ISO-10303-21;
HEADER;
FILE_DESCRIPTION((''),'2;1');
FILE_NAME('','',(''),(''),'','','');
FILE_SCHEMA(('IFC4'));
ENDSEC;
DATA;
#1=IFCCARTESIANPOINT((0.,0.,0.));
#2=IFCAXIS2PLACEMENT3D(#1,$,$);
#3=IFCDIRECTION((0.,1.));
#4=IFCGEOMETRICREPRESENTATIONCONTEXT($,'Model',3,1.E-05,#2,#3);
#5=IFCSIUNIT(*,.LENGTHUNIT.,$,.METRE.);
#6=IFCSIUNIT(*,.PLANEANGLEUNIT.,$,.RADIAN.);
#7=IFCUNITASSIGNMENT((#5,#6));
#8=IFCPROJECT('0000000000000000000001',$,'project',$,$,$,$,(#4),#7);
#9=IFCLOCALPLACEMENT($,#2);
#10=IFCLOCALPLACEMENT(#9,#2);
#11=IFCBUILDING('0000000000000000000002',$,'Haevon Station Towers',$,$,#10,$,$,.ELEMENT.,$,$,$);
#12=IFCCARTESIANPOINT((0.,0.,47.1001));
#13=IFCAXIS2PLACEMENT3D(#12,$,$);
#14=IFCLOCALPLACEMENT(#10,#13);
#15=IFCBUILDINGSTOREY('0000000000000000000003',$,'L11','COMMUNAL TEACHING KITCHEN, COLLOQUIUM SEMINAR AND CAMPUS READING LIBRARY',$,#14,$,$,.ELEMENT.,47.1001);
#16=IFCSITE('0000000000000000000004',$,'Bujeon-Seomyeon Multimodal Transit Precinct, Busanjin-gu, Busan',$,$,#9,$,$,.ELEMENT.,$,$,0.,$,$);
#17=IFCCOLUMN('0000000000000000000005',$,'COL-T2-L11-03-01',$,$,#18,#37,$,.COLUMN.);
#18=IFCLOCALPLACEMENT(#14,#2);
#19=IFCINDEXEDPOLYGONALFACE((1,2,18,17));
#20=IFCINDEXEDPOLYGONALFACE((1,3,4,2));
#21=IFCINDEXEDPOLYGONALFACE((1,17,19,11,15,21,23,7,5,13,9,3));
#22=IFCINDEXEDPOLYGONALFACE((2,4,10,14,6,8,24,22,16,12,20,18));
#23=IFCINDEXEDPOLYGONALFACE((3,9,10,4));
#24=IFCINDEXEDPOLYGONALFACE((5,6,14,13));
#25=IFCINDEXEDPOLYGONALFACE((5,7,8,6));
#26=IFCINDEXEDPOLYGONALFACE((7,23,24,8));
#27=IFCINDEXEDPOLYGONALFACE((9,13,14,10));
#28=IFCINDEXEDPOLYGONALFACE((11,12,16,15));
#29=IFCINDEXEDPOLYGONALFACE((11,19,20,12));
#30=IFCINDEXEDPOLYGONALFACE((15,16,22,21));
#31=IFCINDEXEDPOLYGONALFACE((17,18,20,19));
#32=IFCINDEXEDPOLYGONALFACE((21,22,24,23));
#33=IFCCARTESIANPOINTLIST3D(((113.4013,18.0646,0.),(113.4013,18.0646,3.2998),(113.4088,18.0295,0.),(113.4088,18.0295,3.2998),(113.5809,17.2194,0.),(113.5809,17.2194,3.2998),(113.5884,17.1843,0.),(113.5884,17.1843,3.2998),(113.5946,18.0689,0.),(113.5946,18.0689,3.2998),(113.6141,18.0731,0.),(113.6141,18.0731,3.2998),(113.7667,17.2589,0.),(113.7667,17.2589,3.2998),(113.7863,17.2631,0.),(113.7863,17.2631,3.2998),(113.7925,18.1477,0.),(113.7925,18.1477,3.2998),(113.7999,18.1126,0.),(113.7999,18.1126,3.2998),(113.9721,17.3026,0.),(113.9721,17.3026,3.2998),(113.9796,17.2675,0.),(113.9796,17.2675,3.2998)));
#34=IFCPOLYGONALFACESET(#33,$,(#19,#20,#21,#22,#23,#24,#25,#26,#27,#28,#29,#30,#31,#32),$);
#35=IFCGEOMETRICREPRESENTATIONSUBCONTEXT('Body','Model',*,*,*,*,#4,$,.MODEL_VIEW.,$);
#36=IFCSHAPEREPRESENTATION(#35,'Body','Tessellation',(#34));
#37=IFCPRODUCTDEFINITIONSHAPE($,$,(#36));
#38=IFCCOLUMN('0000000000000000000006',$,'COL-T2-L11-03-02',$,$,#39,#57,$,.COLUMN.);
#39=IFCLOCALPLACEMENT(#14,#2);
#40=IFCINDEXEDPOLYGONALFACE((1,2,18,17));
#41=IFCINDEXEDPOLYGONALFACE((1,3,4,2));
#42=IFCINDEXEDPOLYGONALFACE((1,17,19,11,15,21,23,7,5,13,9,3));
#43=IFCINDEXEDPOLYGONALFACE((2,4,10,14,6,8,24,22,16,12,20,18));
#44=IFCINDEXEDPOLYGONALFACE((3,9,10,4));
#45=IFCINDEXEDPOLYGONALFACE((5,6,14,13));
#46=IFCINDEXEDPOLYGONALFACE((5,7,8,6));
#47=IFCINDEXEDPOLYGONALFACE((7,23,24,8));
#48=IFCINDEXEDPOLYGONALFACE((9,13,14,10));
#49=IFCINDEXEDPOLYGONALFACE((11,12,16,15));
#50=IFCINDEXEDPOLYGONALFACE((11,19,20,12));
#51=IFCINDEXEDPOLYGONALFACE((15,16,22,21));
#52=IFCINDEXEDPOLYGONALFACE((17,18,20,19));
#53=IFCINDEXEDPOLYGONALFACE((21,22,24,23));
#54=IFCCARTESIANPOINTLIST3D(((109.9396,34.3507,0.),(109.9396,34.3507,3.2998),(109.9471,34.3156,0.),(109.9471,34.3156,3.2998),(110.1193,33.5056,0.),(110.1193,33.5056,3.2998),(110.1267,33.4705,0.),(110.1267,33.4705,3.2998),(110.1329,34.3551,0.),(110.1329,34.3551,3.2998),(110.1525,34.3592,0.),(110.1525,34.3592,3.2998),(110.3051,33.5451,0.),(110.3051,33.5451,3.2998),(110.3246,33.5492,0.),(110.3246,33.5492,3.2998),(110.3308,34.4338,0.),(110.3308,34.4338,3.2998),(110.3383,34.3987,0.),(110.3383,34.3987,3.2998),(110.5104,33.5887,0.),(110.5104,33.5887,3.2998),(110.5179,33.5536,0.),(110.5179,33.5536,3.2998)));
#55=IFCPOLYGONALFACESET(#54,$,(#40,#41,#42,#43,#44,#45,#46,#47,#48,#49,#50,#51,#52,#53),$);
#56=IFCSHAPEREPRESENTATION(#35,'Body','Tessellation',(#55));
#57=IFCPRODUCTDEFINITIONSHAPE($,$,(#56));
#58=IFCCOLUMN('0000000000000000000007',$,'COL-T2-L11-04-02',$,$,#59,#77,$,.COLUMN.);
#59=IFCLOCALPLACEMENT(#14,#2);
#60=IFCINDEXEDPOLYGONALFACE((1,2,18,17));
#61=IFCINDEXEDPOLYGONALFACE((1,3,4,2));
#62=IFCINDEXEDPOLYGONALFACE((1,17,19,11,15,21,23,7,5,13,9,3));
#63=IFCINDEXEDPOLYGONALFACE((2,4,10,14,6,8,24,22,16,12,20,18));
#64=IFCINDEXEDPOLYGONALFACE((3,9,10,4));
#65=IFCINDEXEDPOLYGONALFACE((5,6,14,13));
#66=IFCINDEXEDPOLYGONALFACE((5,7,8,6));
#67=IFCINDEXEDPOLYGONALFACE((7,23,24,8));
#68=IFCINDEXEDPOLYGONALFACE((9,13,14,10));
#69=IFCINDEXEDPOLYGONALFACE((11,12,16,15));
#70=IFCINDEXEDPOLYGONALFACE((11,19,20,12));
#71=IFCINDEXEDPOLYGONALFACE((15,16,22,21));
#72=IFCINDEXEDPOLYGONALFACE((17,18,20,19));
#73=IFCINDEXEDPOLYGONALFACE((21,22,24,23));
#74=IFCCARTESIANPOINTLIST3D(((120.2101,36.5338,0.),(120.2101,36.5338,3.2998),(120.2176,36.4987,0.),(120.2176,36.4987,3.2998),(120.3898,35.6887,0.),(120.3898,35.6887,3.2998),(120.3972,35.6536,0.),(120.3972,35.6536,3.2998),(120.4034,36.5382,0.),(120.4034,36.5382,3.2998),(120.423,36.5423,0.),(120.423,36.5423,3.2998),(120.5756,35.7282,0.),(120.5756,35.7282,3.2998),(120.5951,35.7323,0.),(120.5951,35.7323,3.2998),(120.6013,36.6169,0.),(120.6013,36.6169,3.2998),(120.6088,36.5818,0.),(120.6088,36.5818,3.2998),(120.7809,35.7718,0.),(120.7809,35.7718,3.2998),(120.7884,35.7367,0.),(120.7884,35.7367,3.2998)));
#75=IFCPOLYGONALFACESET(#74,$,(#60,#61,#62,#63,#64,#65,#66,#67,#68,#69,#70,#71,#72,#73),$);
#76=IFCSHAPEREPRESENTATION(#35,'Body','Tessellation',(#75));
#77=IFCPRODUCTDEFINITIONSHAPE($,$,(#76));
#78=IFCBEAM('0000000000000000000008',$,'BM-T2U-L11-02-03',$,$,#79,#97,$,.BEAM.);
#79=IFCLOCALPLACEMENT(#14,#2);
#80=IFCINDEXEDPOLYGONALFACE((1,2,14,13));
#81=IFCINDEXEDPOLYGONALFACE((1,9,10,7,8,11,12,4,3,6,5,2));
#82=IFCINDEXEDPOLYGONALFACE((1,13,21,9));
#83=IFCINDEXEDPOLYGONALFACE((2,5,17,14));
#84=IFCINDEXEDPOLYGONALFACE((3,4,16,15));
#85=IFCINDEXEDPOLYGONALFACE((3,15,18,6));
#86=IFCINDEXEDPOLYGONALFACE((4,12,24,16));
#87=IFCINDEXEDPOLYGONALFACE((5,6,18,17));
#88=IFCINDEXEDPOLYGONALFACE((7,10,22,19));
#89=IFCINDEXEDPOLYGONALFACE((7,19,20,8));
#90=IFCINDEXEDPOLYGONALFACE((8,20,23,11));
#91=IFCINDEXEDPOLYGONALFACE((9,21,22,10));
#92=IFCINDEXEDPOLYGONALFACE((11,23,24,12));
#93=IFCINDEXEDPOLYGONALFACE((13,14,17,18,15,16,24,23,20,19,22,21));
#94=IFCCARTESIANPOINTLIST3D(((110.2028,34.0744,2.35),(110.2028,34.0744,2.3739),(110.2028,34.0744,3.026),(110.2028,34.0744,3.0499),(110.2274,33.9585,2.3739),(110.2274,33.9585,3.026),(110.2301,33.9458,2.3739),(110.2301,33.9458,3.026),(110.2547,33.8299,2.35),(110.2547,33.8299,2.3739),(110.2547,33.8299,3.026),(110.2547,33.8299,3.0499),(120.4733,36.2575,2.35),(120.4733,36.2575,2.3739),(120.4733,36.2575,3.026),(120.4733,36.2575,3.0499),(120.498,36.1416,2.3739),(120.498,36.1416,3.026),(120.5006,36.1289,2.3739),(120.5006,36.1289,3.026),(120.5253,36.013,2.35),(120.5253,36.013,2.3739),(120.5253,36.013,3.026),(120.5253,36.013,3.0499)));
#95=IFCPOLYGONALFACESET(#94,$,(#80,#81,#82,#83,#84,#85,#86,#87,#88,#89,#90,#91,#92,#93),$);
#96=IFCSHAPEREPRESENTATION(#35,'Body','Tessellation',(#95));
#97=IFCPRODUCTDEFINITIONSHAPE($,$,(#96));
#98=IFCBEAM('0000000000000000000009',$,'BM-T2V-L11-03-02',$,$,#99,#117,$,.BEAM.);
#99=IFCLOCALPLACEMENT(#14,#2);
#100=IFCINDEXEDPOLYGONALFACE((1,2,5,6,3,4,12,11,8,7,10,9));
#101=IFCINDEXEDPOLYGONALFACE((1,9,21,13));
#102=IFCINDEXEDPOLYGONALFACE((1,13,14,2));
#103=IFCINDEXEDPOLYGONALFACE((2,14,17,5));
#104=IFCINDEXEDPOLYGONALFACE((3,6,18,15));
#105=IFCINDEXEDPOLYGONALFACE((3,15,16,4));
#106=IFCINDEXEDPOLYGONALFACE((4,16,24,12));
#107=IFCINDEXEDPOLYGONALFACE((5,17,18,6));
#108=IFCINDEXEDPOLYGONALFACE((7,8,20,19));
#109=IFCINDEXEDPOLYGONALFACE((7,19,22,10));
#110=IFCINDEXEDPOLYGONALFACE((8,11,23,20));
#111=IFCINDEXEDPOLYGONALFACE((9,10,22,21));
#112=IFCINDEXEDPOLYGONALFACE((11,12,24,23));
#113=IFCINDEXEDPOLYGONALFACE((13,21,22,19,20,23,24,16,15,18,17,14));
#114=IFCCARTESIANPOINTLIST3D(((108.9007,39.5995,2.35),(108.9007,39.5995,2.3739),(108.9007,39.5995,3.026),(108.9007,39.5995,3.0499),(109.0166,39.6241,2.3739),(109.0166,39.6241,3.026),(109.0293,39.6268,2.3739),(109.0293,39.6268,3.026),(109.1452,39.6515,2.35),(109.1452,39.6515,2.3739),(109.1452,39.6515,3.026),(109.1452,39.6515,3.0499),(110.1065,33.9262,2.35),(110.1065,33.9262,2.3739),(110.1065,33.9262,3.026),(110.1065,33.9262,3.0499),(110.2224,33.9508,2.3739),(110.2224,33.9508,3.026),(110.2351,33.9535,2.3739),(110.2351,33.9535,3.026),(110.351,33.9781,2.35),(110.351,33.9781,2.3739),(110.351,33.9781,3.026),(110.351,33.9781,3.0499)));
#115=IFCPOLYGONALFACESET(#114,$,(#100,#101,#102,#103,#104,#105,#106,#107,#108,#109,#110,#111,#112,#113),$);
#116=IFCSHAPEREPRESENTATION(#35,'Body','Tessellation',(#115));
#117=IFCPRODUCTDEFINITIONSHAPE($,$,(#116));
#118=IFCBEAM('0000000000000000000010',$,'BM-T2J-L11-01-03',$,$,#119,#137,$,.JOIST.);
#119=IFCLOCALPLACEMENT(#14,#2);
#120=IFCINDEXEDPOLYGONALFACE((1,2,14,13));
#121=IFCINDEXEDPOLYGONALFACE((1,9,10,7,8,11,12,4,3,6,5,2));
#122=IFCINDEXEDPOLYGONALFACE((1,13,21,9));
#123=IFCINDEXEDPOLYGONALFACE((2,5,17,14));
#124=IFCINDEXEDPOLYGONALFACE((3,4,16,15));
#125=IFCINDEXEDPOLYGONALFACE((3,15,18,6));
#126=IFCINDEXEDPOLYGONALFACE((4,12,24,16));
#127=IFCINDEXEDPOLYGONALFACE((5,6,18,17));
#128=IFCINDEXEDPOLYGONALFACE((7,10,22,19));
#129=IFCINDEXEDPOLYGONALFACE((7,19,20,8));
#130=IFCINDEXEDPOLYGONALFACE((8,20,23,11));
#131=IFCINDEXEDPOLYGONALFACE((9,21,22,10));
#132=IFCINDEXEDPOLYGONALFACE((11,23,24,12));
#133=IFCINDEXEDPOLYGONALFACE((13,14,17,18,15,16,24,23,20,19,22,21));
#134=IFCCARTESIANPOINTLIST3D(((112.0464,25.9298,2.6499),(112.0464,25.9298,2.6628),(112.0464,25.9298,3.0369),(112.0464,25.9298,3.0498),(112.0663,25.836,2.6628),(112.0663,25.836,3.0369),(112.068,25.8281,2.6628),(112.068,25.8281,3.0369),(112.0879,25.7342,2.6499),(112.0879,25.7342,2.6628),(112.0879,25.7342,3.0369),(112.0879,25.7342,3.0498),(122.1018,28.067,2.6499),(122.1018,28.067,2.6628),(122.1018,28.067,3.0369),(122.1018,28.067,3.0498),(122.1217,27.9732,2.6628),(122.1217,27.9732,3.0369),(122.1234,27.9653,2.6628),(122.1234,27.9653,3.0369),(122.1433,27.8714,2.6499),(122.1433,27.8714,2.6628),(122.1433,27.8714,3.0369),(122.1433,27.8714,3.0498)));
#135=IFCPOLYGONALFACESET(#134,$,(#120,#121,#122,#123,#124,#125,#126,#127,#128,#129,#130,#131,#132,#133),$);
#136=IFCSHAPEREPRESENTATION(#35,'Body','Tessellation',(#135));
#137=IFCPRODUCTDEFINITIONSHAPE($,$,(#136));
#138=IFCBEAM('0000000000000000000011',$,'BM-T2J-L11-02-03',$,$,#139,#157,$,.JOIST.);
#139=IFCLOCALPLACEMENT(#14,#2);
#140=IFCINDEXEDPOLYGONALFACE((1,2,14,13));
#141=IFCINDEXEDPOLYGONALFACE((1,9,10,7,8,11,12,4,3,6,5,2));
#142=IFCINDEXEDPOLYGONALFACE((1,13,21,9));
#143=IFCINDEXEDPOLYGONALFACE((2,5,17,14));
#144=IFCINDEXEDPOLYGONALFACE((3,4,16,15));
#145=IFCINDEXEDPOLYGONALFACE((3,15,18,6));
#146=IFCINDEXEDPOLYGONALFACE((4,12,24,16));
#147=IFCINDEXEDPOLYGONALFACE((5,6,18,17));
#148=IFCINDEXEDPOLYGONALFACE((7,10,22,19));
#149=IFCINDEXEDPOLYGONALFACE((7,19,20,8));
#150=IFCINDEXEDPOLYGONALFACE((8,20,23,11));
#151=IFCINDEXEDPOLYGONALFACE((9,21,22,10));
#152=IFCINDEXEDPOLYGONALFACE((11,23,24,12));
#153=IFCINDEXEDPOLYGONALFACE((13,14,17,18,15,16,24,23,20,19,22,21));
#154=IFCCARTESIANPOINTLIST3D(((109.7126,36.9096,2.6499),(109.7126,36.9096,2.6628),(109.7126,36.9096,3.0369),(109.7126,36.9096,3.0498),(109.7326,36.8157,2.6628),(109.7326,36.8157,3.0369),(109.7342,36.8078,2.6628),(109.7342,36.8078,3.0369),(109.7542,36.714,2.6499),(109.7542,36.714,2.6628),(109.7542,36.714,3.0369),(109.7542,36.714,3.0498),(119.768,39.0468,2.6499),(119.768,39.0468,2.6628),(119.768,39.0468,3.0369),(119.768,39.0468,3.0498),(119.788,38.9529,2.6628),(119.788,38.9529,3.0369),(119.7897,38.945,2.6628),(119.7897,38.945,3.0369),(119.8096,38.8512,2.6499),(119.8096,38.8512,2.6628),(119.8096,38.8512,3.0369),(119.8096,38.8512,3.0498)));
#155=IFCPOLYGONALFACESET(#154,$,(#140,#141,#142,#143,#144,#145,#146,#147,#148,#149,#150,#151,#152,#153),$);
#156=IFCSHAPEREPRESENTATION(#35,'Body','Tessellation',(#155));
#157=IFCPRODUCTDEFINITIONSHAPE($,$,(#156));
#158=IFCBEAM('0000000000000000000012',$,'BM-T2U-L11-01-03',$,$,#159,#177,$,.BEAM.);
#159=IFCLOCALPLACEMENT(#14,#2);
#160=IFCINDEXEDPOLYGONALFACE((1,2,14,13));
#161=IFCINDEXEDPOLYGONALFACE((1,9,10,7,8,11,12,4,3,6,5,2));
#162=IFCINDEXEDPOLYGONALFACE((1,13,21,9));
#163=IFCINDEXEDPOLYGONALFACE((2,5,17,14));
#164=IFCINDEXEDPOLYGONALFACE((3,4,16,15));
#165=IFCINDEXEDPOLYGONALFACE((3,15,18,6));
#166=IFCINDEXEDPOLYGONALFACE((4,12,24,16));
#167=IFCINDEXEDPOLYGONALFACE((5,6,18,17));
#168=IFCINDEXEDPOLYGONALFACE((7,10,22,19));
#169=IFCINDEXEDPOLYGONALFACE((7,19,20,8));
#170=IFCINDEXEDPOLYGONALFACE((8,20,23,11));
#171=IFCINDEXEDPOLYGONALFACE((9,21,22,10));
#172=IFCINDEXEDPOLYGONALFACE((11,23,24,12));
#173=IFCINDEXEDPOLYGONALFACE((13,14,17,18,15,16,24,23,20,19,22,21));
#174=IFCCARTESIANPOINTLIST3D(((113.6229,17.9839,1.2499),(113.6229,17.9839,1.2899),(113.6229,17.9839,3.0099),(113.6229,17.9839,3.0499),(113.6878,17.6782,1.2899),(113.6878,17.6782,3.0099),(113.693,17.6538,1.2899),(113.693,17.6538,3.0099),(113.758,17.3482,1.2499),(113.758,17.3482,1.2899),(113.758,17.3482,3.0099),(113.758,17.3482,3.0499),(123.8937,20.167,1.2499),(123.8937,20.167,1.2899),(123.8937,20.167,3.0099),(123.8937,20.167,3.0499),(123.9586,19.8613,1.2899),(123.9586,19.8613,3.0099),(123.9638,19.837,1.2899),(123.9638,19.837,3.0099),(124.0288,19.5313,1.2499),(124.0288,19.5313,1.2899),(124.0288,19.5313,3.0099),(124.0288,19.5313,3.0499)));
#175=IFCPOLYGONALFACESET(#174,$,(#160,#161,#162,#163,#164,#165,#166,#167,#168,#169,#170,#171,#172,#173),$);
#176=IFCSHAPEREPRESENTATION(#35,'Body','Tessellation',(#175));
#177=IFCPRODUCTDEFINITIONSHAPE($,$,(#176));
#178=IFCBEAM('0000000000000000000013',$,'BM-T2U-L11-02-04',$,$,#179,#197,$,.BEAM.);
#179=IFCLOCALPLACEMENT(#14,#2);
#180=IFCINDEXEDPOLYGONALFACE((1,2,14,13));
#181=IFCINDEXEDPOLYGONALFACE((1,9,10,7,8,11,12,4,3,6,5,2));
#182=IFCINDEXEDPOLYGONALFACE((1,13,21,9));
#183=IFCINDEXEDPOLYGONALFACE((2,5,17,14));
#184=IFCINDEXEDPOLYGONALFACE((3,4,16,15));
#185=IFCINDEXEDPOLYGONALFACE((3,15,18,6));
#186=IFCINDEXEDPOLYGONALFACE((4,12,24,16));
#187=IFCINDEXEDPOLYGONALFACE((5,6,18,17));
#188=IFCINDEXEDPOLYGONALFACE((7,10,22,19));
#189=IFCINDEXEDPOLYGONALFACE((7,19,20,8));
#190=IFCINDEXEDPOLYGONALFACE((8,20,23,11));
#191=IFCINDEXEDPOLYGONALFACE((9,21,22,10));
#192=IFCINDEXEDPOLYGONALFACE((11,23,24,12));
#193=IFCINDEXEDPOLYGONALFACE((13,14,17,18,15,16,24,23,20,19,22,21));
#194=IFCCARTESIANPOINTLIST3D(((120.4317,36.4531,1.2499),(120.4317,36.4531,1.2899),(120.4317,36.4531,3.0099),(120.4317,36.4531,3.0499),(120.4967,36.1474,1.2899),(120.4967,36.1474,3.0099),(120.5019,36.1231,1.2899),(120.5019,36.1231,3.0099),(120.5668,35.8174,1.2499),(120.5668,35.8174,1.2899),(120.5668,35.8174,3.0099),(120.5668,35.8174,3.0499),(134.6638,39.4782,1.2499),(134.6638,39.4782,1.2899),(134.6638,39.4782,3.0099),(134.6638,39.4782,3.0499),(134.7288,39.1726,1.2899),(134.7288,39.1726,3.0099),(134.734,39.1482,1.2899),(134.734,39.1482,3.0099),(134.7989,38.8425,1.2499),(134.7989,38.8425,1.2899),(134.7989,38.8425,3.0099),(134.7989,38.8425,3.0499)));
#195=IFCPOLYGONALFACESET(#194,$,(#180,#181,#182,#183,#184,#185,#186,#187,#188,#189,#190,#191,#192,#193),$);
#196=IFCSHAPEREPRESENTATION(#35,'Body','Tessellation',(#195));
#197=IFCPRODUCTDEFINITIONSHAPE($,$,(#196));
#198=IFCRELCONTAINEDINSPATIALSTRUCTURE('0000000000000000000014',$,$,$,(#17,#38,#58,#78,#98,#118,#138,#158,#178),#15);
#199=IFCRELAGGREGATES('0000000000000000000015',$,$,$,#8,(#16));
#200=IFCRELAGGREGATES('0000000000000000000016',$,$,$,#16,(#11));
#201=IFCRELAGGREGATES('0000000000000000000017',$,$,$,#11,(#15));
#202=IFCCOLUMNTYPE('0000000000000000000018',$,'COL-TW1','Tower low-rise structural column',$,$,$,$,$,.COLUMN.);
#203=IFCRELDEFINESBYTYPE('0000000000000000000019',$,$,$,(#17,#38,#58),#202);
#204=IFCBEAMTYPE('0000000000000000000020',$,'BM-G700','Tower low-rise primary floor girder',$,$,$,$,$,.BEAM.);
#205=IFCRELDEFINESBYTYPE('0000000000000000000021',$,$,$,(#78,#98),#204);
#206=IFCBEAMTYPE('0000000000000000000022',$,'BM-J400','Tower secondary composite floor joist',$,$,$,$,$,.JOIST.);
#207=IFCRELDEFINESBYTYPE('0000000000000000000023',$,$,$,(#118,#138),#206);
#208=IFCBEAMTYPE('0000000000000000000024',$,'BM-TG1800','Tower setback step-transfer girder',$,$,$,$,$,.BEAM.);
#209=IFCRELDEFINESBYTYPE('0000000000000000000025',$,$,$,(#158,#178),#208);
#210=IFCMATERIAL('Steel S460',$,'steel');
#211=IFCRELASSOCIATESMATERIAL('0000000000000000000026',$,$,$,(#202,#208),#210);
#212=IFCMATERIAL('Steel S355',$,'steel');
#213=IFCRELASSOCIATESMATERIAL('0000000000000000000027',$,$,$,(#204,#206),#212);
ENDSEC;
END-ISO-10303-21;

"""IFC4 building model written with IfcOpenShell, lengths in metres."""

from ifc_helpers import new_model, si_unit, direction, frame, origin, origin_2d, place, context, subcontext, project, spatial, i_section, extrude, material, material_profile, profile_set, type_object, element, save


model = new_model("IFC4")

# Units and contexts
model_context = context("Model", 3, precision=1e-05, world=origin(), true_north=direction((0.0, 1.0)))
body_context = subcontext(model_context, "Body", "Model", "MODEL_VIEW")
ifc_project = project(units=[si_unit("LENGTHUNIT", "METRE"), si_unit("PLANEANGLEUNIT", "RADIAN")], contexts=[model_context])

# Site, building, storey
site_placement = place(None, origin())
site = spatial("IfcSite", under=ifc_project, at=site_placement, Name="Bujeon-Seomyeon Multimodal Transit Precinct, Busanjin-gu, Busan", CompositionType="ELEMENT", RefElevation=0.0)
building_placement = place(site_placement, origin())
building = spatial("IfcBuilding", under=site, at=building_placement, Name="Haevon Station Towers", CompositionType="ELEMENT")
storey_placement = place(building_placement, frame((0.0, 0.0, 47.1001)))
storey = spatial("IfcBuildingStorey", under=building, at=storey_placement, Name="L11", Description="COMMUNAL TEACHING KITCHEN, COLLOQUIUM SEMINAR AND CAMPUS READING LIBRARY", CompositionType="ELEMENT", Elevation=47.1001)

# Columns
ifc_material_1 = material(Name="Steel S460", Category="steel")
ifc_material_profile_1 = material_profile(ifc_material_1, i_section(OverallWidth=0.3999, OverallDepth=0.8999, WebThickness=0.02, FlangeThickness=0.0359, at=origin_2d()), Name="H-900x400x20x36")
ifc_profile_set_1 = profile_set([ifc_material_profile_1], Name="Steel S460")
column_type = type_object("IfcColumnType", Name="COL-TW1", Description="Tower low-rise structural column", PredefinedType="COLUMN", material=ifc_profile_set_1)
for number, where, z_axis, x_axis, name in (
    (1, (113.6904, 17.666, 0.0), (0.0, 0.0, 1.0), (0.978148, 0.207912, 0.0), "COL-T2-L11-03-01"),
    (2, (110.2288, 33.9521, 0.0), (0.0, 0.0, 1.0), (0.978148, 0.207912, 0.0), "COL-T2-L11-03-02"),
    (3, (120.4993, 36.1353, 0.0), (0.0, 0.0, 1.0), (0.978148, 0.207912, 0.0), "COL-T2-L11-04-02"),
):
    element("IfcColumn", number, at=place(storey_placement, frame(where, z_axis=z_axis, x_axis=x_axis)), inside=storey, type_object=column_type, Name=name, PredefinedType="COLUMN", context=body_context, shape_type="SweptSolid", body=[
        extrude(i_section(OverallWidth=0.3999, OverallDepth=0.8999, WebThickness=0.02, FlangeThickness=0.0359, at=origin_2d()), origin(), (0.0, 0.0, 1.0), 3.2998),
    ])

# Beams
ifc_material_2 = material(Name="Steel S355", Category="steel")
ifc_material_profile_2 = material_profile(ifc_material_2, i_section(OverallWidth=0.25, OverallDepth=0.7, WebThickness=0.0129, FlangeThickness=0.0239, at=origin_2d()), Name="H-700x250x13x24")
ifc_profile_set_2 = profile_set([ifc_material_profile_2], Name="Steel S355")
beam_type_1 = type_object("IfcBeamType", Name="BM-G700", Description="Tower low-rise primary floor girder", PredefinedType="BEAM", material=ifc_profile_set_2)
beam_1_placement = place(storey_placement, frame((110.2288, 33.9521, 2.7), z_axis=(0.978147, 0.207915, 0.0), x_axis=(-0.207915, 0.978147, 0.0)))
element("IfcBeam", 4, at=beam_1_placement, inside=storey, type_object=beam_type_1, Name="BM-T2U-L11-02-03", PredefinedType="BEAM", context=body_context, shape_type="SweptSolid", body=[
    extrude(i_section(OverallWidth=0.25, OverallDepth=0.7, WebThickness=0.0129, FlangeThickness=0.0239, at=origin_2d()), origin(), (0.0, 0.0, 1.0), 10.5),
])
beam_2_placement = place(storey_placement, frame((110.2288, 33.9521, 2.7), z_axis=(-0.207896, 0.978151, 0.0), x_axis=(-0.978151, -0.207896, 0.0)))
element("IfcBeam", 5, at=beam_2_placement, inside=storey, type_object=beam_type_1, Name="BM-T2V-L11-03-02", PredefinedType="BEAM", context=body_context, shape_type="SweptSolid", body=[
    extrude(i_section(OverallWidth=0.25, OverallDepth=0.7, WebThickness=0.0129, FlangeThickness=0.0239, at=origin_2d()), origin(), (0.0, 0.0, 1.0), 5.8),
])
ifc_material_profile_3 = material_profile(ifc_material_2, i_section(OverallWidth=0.2, OverallDepth=0.3999, WebThickness=0.0081, FlangeThickness=0.0129, at=origin_2d()), Name="H-400x200x8x13")
ifc_profile_set_3 = profile_set([ifc_material_profile_3], Name="Steel S355")
beam_type_2 = type_object("IfcBeamType", Name="BM-J400", Description="Tower secondary composite floor joist", PredefinedType="JOIST", material=ifc_profile_set_3)
for number, where, z_axis, x_axis, name in (
    (6, (112.0671, 25.832, 2.8499), (0.97815, 0.207899, 0.0), (-0.207899, 0.97815, 0.0), "BM-T2J-L11-01-03"),
    (7, (109.7334, 36.8118, 2.8499), (0.97815, 0.207899, 0.0), (-0.207899, 0.97815, 0.0), "BM-T2J-L11-02-03"),
):
    element("IfcBeam", number, at=place(storey_placement, frame(where, z_axis=z_axis, x_axis=x_axis)), inside=storey, type_object=beam_type_2, Name=name, PredefinedType="JOIST", context=body_context, shape_type="SweptSolid", body=[
        extrude(i_section(OverallWidth=0.2, OverallDepth=0.3999, WebThickness=0.0081, FlangeThickness=0.0129, at=origin_2d()), origin(), (0.0, 0.0, 1.0), 10.28),
    ])
ifc_material_profile_4 = material_profile(ifc_material_1, i_section(OverallWidth=0.6499, OverallDepth=1.8, WebThickness=0.0249, FlangeThickness=0.04, at=origin_2d()), Name="H-1800x650x25x40")
ifc_profile_set_4 = profile_set([ifc_material_profile_4], Name="Steel S460")
beam_type_3 = type_object("IfcBeamType", Name="BM-TG1800", Description="Tower setback step-transfer girder", PredefinedType="BEAM", material=ifc_profile_set_4)
beam_3_placement = place(storey_placement, frame((113.6904, 17.666, 2.1499), z_axis=(0.978148, 0.207911, 0.0), x_axis=(-0.207911, 0.978148, 0.0)))
element("IfcBeam", 8, at=beam_3_placement, inside=storey, type_object=beam_type_3, Name="BM-T2U-L11-01-03", PredefinedType="BEAM", context=body_context, shape_type="SweptSolid", body=[
    extrude(i_section(OverallWidth=0.6499, OverallDepth=1.8, WebThickness=0.0249, FlangeThickness=0.04, at=origin_2d()), origin(), (0.0, 0.0, 1.0), 10.5002),
])
beam_4_placement = place(storey_placement, frame((120.4993, 36.1353, 2.1499), z_axis=(0.978148, 0.207912, 0.0), x_axis=(-0.207912, 0.978148, 0.0)))
element("IfcBeam", 9, at=beam_4_placement, inside=storey, type_object=beam_type_3, Name="BM-T2U-L11-02-04", PredefinedType="BEAM", context=body_context, shape_type="SweptSolid", body=[
    extrude(i_section(OverallWidth=0.6499, OverallDepth=1.8, WebThickness=0.0249, FlangeThickness=0.04, at=origin_2d()), origin(), (0.0, 0.0, 1.0), 14.55),
])

save(model, "model.ifc")
